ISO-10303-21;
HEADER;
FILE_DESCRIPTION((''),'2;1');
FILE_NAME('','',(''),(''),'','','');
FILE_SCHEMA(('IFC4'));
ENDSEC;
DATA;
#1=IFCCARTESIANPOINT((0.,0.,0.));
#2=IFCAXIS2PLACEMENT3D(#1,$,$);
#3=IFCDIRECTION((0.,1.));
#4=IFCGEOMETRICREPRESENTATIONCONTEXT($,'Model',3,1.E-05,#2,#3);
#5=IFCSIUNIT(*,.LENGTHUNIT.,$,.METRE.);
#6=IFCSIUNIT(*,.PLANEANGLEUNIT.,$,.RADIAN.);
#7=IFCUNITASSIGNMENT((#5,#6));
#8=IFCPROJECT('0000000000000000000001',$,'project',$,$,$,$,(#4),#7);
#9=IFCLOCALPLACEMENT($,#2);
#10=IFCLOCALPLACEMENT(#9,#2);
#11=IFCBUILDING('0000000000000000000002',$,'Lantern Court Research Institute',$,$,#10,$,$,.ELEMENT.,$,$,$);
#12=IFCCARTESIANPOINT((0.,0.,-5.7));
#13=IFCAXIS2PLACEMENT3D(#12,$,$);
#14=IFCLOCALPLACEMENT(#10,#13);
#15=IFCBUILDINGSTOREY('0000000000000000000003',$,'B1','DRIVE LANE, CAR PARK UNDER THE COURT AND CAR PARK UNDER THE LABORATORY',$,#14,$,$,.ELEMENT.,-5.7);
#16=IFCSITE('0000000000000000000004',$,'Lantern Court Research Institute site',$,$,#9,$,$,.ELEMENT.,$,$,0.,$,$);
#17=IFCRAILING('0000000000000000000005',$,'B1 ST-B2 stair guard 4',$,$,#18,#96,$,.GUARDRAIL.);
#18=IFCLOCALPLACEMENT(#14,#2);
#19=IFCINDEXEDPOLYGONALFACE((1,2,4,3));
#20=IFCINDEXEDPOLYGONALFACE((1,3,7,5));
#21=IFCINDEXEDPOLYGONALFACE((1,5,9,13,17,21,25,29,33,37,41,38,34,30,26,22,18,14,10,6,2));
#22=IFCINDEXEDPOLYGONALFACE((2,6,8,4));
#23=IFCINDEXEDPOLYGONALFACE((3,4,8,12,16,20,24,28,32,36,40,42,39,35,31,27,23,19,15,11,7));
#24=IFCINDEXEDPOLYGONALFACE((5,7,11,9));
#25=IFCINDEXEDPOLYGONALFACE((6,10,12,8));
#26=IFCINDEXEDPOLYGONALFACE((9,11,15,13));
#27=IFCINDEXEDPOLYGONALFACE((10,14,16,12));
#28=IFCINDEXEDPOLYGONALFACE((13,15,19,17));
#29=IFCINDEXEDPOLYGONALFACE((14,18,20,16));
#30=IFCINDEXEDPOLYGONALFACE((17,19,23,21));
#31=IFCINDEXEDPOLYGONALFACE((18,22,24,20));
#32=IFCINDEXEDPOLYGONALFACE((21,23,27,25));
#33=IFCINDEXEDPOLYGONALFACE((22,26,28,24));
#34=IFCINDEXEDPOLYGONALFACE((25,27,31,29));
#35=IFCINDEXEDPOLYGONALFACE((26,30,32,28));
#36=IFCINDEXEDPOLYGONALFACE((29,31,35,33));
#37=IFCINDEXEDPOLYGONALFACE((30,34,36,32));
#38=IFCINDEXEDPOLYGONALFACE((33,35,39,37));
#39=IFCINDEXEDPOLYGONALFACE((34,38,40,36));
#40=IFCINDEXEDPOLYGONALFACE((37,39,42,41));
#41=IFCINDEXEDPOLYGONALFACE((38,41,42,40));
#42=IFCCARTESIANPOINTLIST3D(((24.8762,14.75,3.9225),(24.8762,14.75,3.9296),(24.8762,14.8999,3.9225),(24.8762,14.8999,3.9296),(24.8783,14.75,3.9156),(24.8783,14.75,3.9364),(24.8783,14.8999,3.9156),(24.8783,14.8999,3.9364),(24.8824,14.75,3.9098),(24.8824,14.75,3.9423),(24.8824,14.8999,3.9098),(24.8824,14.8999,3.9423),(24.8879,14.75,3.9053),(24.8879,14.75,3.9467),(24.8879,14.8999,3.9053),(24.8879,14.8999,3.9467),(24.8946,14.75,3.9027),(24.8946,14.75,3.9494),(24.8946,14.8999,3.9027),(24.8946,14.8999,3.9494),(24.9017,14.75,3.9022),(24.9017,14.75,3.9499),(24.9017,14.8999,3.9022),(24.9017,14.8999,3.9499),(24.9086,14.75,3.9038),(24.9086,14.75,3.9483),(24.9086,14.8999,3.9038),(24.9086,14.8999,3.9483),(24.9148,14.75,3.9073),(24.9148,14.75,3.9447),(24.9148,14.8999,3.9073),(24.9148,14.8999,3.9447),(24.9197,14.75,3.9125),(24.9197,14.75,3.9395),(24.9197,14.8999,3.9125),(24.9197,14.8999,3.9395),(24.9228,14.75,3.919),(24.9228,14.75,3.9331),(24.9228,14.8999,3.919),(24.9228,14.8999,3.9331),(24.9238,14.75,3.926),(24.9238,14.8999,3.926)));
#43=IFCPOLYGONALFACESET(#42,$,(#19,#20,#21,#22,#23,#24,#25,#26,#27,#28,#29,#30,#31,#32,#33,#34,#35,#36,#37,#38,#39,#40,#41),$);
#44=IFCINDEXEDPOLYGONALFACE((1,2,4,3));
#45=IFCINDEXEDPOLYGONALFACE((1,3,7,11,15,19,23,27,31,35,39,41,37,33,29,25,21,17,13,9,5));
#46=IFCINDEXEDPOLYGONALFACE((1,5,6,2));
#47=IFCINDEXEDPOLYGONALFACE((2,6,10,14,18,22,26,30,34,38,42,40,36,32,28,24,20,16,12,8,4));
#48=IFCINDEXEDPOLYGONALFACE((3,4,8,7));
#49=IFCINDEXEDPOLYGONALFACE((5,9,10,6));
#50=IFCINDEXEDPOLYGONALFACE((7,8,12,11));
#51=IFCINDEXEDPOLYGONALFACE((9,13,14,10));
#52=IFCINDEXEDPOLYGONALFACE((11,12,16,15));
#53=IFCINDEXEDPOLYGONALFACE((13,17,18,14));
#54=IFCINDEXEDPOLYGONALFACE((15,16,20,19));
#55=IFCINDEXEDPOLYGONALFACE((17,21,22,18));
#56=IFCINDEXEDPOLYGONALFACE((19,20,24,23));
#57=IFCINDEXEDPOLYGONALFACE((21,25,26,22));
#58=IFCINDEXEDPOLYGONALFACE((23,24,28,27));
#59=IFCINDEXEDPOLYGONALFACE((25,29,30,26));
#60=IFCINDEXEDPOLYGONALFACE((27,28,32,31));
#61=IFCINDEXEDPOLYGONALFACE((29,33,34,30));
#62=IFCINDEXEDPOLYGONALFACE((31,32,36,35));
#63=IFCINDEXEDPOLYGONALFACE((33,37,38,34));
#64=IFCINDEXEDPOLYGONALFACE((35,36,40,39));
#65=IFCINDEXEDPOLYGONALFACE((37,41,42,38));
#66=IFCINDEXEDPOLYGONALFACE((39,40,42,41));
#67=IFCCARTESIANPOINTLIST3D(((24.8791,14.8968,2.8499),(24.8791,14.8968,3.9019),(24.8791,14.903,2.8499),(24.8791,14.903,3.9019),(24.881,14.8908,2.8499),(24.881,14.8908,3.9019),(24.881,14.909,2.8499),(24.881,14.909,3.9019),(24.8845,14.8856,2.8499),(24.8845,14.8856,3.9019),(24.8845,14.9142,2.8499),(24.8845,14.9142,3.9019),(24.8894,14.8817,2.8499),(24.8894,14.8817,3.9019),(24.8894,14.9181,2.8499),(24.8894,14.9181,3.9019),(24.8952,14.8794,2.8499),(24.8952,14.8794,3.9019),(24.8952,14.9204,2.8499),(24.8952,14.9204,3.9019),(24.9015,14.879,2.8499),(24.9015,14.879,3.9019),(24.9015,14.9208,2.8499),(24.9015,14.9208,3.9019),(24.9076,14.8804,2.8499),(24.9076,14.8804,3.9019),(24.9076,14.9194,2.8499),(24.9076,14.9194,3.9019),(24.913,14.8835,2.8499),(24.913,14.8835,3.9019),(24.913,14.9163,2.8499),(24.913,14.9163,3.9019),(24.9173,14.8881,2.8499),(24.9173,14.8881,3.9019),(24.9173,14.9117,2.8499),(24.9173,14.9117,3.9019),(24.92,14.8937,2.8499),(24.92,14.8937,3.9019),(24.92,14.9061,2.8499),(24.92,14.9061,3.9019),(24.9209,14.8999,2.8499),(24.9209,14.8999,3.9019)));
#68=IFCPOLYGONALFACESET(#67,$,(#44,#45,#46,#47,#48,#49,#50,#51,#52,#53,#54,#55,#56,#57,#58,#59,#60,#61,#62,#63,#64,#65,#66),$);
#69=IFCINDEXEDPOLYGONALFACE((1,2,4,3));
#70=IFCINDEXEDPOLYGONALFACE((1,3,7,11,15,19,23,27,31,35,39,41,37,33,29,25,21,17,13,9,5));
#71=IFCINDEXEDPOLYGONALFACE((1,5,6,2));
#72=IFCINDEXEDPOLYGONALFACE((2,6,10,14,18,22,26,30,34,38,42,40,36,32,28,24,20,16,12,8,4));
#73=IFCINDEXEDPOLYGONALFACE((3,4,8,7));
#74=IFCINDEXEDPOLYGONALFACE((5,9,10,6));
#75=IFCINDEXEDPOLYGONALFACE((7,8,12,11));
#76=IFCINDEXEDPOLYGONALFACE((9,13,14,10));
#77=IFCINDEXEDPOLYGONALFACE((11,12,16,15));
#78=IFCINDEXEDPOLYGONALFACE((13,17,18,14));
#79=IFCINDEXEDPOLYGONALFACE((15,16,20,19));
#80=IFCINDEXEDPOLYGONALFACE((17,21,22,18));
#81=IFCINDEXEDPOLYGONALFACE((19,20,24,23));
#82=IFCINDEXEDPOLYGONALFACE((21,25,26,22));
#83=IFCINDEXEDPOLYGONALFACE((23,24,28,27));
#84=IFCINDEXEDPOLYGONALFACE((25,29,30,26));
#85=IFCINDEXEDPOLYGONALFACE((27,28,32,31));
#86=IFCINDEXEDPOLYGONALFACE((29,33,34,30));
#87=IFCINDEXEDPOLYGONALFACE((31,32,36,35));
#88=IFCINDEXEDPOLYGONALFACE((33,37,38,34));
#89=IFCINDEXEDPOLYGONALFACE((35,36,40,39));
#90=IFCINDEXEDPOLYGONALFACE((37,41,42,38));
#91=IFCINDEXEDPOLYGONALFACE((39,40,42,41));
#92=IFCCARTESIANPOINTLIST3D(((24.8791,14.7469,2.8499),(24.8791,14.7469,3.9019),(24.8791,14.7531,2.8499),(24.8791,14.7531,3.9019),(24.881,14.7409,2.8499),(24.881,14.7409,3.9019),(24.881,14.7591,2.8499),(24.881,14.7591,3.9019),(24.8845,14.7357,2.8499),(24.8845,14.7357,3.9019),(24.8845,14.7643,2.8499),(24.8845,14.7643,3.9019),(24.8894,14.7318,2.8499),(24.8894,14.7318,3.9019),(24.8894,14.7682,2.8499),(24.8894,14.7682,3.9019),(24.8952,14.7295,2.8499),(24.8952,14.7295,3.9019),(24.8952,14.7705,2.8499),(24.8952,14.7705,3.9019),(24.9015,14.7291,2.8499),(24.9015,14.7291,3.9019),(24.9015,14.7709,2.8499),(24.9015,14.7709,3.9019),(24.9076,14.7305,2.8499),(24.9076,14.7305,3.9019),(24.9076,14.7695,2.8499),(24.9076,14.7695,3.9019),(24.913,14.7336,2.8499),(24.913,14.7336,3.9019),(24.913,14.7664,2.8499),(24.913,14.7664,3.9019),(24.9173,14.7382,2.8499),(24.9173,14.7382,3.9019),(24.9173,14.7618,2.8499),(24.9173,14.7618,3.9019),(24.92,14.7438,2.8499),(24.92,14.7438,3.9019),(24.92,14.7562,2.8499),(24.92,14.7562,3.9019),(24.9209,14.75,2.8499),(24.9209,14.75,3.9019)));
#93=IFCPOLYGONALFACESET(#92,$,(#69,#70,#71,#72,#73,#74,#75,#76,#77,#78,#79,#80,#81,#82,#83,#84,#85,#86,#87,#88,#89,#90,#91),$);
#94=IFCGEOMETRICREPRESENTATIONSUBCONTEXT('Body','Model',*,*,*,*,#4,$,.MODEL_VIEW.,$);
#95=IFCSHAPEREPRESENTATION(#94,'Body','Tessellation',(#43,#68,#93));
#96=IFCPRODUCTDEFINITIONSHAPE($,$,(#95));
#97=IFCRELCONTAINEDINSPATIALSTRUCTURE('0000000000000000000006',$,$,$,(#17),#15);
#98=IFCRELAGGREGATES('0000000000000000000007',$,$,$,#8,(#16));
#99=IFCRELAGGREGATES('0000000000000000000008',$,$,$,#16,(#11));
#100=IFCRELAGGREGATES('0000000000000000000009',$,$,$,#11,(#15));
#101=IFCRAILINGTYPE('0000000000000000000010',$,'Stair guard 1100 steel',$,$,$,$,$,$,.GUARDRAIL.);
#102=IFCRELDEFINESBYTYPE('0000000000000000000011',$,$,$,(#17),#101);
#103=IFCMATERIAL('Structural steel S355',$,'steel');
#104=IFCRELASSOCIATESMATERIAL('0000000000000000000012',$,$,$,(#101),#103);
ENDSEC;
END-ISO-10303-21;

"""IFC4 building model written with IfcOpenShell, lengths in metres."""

from ifc_helpers import new_model, si_unit, direction, frame, origin, origin_2d, place, context, subcontext, project, spatial, circle, extrude, material, type_object, element, save


model = new_model("IFC4")

# Units and contexts
model_context = context("Model", 3, precision=1e-05, world=origin(), true_north=direction((0.0, 1.0)))
body_context = subcontext(model_context, "Body", "Model", "MODEL_VIEW")
ifc_project = project(units=[si_unit("LENGTHUNIT", "METRE"), si_unit("PLANEANGLEUNIT", "RADIAN")], contexts=[model_context])

# Site, building, storey
site_placement = place(None, origin())
site = spatial("IfcSite", under=ifc_project, at=site_placement, Name="Lantern Court Research Institute site", CompositionType="ELEMENT", RefElevation=0.0)
building_placement = place(site_placement, origin())
building = spatial("IfcBuilding", under=site, at=building_placement, Name="Lantern Court Research Institute", CompositionType="ELEMENT")
storey_placement = place(building_placement, frame((0.0, 0.0, -5.7)))
storey = spatial("IfcBuildingStorey", under=building, at=storey_placement, Name="B1", Description="DRIVE LANE, CAR PARK UNDER THE COURT AND CAR PARK UNDER THE LABORATORY", CompositionType="ELEMENT", Elevation=-5.7)

# Railing
ifc_material_1 = material(Name="Structural steel S355", Category="steel")
railing_type_1 = type_object("IfcRailingType", Name="Stair guard 1100 steel", PredefinedType="GUARDRAIL", material=ifc_material_1)
railing_1_placement = place(storey_placement, frame((24.8999, 14.8999, 2.8499)))
element("IfcRailing", 1, at=railing_1_placement, inside=storey, type_object=railing_type_1, Name="B1 ST-B2 stair guard 4", PredefinedType="GUARDRAIL", context=body_context, shape_type="SweptSolid", body=[
    extrude(circle(Radius=0.0239, at=origin_2d()), frame((0.0, 0.0, 1.0762), z_axis=(0.0, -1.0, 0.0), x_axis=(1.0, 0.0, 0.0)), (0.0, 0.0, 1.0), 0.1499),
    extrude(circle(Radius=0.021, at=origin_2d()), origin(), (0.0, 0.0, 1.0), 1.052),
    extrude(circle(Radius=0.021, at=origin_2d()), frame((0.0, -0.1499, 0.0)), (0.0, 0.0, 1.0), 1.052),
])

save(model, "model.ifc")
